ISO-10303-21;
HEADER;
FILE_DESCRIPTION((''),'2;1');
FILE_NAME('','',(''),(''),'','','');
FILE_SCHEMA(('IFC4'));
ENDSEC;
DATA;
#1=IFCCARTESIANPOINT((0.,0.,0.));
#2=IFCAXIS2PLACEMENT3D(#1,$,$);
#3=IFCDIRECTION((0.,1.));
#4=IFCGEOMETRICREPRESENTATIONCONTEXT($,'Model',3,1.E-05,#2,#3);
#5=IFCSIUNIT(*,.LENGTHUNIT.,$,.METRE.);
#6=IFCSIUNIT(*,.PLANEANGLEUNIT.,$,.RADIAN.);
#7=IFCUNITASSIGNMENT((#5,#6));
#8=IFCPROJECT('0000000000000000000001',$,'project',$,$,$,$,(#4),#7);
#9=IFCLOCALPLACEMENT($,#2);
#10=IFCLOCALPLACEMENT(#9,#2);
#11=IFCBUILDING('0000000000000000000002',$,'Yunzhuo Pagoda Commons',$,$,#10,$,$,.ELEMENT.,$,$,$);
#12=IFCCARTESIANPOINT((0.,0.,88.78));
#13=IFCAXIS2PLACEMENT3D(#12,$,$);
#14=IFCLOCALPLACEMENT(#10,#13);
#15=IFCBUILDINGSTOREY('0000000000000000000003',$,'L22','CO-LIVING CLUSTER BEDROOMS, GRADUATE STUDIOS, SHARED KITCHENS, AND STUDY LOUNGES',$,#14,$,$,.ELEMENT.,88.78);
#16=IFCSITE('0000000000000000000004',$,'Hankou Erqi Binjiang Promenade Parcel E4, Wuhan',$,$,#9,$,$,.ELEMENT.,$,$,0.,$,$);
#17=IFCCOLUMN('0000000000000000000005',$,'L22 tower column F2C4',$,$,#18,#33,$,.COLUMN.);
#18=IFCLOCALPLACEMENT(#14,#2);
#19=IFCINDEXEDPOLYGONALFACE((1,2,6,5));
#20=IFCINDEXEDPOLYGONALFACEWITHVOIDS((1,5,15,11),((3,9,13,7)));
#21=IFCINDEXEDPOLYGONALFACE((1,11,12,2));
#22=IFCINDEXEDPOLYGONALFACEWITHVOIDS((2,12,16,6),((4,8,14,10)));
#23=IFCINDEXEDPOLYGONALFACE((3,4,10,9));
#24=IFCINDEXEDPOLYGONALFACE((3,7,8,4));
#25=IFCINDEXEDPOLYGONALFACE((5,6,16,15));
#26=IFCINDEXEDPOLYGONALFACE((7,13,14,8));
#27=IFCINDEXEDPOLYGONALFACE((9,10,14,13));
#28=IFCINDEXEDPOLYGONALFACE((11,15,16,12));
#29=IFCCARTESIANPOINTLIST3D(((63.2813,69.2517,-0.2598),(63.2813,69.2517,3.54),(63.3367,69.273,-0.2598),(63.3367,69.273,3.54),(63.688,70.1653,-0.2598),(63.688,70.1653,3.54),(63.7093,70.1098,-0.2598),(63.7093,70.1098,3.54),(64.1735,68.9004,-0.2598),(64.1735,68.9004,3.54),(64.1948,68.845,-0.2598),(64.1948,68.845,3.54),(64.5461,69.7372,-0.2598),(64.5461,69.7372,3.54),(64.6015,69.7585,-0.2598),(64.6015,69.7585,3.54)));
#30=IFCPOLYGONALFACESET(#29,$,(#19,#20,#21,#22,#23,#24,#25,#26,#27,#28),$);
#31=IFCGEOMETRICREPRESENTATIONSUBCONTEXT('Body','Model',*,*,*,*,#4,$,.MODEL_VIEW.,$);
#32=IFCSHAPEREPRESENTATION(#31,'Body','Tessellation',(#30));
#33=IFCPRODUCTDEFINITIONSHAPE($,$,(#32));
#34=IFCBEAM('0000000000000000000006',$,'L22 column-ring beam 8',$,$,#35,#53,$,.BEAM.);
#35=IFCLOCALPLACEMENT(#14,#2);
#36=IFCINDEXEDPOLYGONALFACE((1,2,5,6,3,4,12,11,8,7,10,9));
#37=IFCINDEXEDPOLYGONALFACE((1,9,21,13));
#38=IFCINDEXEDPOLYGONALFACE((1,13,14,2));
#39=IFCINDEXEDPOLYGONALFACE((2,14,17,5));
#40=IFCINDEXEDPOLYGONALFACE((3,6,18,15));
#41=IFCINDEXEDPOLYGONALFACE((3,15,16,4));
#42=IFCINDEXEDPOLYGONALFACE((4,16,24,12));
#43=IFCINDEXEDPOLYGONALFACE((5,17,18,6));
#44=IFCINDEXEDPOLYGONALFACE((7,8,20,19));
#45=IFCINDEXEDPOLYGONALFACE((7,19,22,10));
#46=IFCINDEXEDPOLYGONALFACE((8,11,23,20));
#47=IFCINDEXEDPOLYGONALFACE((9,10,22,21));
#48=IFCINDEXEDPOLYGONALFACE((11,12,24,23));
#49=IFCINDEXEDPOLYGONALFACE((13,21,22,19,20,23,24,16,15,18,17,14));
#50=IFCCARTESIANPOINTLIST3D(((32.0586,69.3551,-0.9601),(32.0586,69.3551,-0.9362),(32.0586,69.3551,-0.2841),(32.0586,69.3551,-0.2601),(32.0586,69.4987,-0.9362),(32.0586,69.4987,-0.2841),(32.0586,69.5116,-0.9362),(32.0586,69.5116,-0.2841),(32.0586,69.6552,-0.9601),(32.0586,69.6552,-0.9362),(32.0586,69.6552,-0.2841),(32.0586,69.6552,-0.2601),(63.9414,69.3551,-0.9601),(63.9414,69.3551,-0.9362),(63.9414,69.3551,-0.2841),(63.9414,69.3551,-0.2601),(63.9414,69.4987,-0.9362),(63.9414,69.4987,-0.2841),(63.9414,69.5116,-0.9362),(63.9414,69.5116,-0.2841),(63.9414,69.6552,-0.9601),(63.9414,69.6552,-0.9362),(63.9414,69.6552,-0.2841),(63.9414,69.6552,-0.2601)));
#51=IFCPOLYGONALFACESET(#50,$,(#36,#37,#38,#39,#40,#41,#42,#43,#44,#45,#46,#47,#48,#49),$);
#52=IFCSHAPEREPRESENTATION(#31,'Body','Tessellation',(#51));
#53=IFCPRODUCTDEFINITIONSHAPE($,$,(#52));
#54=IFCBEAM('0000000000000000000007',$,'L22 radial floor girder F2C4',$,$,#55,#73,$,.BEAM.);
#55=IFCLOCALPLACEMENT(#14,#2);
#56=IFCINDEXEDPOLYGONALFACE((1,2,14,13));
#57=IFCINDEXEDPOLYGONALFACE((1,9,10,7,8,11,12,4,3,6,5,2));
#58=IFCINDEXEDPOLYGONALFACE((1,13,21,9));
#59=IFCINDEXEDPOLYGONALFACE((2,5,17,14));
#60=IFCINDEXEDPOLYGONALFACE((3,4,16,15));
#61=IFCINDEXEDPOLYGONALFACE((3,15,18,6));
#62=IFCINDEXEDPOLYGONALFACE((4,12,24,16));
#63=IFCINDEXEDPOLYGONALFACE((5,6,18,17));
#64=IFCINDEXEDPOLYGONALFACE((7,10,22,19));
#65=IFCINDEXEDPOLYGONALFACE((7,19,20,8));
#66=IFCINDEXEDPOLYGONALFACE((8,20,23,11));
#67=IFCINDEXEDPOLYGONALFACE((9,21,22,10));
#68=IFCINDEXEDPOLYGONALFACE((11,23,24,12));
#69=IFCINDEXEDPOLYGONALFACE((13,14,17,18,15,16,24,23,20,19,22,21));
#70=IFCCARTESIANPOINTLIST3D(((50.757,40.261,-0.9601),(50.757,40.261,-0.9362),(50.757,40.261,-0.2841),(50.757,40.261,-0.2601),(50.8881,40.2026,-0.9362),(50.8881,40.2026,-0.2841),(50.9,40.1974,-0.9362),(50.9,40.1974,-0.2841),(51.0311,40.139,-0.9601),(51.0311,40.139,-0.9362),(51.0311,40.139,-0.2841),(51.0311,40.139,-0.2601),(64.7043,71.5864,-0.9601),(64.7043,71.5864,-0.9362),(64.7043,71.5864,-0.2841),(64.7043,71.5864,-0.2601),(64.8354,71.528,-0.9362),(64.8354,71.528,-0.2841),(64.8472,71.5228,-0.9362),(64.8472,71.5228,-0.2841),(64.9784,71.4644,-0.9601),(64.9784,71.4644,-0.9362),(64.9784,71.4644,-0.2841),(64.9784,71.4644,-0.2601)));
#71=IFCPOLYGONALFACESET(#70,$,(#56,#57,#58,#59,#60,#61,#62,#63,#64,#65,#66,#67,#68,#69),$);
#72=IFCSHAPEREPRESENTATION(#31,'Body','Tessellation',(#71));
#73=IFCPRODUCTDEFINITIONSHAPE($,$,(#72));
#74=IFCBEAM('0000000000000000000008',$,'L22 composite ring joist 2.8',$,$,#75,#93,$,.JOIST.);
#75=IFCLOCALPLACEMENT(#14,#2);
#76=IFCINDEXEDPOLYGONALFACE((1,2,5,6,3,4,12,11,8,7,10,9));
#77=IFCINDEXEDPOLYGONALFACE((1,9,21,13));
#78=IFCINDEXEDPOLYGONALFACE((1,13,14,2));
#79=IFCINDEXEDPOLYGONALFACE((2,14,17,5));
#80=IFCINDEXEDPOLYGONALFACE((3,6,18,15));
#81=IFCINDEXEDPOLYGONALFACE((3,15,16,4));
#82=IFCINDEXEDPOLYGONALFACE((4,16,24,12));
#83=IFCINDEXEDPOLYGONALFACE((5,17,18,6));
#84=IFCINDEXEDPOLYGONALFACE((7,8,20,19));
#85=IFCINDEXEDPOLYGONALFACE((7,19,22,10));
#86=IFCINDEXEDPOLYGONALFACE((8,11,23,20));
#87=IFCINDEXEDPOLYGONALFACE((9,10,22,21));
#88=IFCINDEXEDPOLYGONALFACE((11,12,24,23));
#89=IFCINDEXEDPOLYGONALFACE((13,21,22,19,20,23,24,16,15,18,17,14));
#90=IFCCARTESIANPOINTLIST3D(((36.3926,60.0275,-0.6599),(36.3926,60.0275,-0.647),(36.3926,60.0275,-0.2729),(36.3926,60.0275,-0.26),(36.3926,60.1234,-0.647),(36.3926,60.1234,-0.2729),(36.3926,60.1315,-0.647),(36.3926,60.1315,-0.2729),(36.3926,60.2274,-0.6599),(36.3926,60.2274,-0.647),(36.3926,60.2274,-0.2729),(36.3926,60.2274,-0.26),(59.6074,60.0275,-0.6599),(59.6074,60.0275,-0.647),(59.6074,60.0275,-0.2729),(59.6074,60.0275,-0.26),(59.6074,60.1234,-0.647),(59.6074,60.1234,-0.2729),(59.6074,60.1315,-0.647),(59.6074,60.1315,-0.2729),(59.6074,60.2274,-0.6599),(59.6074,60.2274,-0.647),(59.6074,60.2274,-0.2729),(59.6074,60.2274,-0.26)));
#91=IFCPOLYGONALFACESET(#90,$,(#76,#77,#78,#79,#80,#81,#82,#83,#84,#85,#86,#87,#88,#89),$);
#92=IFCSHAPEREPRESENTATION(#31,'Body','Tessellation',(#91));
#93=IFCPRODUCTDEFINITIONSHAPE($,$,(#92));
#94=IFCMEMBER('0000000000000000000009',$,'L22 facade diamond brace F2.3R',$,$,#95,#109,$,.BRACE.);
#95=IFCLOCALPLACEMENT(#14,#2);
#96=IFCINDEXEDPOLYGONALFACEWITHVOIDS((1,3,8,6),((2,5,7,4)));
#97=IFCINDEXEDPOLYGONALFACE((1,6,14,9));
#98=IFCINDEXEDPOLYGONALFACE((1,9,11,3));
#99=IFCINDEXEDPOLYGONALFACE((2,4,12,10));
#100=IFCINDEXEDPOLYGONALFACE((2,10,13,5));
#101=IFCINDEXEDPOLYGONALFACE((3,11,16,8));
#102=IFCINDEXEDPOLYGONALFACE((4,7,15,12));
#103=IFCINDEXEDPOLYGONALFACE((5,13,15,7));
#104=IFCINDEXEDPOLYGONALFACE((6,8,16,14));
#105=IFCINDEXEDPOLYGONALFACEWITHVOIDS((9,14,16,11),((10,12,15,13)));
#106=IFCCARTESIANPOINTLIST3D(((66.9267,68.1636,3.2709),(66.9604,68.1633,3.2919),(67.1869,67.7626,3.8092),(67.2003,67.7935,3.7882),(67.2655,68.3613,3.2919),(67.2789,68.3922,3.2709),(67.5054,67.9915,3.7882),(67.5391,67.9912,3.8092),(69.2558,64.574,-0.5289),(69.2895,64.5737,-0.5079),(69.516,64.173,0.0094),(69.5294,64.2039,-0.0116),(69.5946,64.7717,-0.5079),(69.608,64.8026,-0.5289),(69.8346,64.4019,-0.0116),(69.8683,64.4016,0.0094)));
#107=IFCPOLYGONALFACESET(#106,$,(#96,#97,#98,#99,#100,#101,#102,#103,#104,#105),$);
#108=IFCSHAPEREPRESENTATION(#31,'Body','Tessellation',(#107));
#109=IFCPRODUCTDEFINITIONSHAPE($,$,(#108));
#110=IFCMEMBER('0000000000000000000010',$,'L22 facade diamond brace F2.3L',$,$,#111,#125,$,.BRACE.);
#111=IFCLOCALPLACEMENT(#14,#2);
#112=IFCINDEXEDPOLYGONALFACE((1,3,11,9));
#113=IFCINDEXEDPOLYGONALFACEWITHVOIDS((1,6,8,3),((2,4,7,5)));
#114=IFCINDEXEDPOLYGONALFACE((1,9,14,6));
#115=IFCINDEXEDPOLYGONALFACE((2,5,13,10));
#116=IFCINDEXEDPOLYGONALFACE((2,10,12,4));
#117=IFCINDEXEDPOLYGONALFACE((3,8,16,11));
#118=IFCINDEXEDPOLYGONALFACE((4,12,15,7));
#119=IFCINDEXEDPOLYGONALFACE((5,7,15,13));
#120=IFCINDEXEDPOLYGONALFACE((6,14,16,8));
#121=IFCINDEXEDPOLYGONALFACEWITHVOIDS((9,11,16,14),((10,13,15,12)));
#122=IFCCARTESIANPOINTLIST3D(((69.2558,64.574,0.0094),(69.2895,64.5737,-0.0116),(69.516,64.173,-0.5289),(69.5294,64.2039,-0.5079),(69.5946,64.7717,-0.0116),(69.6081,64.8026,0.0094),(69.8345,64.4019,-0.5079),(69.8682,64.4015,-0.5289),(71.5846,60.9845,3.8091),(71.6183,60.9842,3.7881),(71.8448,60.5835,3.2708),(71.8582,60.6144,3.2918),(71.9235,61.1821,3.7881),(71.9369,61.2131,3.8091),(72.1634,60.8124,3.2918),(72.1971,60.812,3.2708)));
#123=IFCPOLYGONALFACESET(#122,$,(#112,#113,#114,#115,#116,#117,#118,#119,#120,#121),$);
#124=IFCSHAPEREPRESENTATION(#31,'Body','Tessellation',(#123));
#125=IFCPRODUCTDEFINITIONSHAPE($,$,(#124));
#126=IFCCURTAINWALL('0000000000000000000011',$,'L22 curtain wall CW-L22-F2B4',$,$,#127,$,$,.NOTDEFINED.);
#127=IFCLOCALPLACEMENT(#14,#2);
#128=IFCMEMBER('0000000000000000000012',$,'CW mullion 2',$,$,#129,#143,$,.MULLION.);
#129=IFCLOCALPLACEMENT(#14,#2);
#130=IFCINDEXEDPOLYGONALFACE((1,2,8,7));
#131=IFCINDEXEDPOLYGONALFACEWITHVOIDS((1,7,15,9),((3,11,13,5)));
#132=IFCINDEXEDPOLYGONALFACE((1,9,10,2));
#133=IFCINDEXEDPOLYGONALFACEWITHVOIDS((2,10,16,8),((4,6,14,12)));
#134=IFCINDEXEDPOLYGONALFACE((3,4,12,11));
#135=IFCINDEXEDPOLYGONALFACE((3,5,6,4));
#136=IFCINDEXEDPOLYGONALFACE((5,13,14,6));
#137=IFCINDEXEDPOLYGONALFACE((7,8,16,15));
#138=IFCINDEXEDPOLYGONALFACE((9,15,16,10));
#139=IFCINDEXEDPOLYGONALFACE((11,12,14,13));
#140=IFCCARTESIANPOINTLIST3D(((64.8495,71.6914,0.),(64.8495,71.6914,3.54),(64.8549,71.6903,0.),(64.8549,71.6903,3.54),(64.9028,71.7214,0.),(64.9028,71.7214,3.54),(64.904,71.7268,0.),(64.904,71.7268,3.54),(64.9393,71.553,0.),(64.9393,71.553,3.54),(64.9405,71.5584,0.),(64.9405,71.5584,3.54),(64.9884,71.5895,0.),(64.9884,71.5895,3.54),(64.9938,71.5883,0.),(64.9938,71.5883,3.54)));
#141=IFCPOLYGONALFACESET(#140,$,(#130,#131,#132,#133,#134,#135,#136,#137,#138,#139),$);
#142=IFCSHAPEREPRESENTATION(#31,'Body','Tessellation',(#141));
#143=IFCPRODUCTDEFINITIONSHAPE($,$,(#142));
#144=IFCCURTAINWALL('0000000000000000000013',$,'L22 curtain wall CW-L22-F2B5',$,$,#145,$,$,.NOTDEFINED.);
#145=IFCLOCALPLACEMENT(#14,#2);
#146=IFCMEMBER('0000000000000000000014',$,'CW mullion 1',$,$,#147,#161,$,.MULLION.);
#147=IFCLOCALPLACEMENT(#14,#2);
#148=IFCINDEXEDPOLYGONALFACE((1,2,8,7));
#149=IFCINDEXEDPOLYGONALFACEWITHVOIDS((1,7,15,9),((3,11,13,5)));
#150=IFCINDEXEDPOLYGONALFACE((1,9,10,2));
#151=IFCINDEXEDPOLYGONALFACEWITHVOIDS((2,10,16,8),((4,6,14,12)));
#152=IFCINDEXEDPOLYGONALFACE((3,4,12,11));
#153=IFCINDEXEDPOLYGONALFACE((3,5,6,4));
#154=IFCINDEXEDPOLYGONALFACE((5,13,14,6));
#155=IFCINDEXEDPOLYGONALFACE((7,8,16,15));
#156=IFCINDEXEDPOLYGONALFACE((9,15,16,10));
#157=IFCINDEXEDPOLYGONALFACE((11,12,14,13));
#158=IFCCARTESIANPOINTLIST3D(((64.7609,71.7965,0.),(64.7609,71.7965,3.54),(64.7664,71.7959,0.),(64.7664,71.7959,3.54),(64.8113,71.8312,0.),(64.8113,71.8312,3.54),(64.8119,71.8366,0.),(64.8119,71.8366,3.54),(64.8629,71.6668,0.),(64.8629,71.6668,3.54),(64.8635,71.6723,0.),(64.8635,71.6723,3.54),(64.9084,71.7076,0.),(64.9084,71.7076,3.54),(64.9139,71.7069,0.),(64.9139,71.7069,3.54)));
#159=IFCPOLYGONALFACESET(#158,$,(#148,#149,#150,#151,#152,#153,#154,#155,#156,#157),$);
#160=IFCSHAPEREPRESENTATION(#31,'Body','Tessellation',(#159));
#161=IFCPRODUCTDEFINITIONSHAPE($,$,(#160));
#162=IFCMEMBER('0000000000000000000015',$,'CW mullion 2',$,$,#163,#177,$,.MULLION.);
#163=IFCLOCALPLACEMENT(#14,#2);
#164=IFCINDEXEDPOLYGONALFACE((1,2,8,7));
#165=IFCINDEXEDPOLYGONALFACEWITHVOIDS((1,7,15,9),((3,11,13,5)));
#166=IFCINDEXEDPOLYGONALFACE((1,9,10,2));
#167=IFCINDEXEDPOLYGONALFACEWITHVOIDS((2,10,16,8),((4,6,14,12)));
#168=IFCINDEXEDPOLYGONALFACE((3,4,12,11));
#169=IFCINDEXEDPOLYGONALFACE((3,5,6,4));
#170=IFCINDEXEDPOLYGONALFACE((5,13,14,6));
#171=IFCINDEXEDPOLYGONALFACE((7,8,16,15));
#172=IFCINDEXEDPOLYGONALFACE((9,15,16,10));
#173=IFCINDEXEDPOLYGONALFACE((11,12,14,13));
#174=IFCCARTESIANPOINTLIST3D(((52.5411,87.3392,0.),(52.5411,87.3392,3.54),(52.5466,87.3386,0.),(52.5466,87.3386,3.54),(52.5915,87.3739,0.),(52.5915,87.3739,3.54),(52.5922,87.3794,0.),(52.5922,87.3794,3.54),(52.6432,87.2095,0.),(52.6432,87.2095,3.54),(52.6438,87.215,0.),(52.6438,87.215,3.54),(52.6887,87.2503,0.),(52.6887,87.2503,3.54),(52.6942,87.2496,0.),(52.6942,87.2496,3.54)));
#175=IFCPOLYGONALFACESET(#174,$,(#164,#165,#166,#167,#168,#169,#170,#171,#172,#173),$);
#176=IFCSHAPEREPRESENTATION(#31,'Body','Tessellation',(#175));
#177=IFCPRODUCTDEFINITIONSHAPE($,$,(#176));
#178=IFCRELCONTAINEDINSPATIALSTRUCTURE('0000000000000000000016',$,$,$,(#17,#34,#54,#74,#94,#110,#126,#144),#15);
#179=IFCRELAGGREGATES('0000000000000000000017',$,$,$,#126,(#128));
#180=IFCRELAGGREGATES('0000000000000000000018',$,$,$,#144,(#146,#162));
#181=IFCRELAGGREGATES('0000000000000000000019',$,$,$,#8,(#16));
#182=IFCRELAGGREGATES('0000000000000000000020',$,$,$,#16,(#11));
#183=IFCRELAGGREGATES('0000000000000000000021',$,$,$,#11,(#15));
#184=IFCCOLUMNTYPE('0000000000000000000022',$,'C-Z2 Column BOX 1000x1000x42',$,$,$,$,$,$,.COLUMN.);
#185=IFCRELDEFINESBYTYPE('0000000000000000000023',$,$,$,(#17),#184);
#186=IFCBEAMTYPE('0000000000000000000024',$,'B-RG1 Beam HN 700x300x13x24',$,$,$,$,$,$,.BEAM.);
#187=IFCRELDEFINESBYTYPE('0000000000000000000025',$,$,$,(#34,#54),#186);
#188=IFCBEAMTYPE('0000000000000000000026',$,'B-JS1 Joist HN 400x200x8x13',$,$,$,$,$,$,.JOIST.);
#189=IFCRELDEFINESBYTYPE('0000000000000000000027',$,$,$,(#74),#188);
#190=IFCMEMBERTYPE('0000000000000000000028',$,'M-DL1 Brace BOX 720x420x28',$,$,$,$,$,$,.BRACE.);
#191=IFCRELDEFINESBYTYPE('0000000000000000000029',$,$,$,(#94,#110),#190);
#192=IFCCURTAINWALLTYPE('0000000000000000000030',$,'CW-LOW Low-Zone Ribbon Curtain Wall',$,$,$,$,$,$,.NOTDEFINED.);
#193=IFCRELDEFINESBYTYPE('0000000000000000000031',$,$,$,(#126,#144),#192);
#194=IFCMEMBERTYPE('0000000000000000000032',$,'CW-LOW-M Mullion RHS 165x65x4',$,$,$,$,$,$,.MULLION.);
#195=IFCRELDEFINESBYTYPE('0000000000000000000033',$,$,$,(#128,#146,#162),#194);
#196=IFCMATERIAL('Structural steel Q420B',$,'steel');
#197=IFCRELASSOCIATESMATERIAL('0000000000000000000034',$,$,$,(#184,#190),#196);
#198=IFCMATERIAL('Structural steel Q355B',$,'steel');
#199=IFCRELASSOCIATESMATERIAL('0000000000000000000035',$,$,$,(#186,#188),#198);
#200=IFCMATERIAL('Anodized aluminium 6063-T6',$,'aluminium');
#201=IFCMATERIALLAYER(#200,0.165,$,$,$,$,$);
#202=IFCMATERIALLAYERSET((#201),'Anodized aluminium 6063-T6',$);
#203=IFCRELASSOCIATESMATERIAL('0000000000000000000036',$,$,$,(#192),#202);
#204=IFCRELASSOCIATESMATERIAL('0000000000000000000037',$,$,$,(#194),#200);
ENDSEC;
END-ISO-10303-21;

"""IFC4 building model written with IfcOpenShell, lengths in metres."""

from ifc_helpers import new_model, si_unit, direction, frame, origin, origin_2d, place, context, subcontext, project, spatial, hollow_rectangle, i_section, extrude, source, transform, mapped, material, layer, layer_set, material_profile, profile_set, type_object, element, aggregate, save


model = new_model("IFC4")

# Units and contexts
model_context = context("Model", 3, precision=1e-05, world=origin(), true_north=direction((0.0, 1.0)))
body_context = subcontext(model_context, "Body", "Model", "MODEL_VIEW")
ifc_project = project(units=[si_unit("LENGTHUNIT", "METRE"), si_unit("PLANEANGLEUNIT", "RADIAN")], contexts=[model_context])

# Site, building, storey
site_placement = place(None, origin())
site = spatial("IfcSite", under=ifc_project, at=site_placement, Name="Hankou Erqi Binjiang Promenade Parcel E4, Wuhan", CompositionType="ELEMENT", RefElevation=0.0)
building_placement = place(site_placement, origin())
building = spatial("IfcBuilding", under=site, at=building_placement, Name="Yunzhuo Pagoda Commons", CompositionType="ELEMENT")
storey_placement = place(building_placement, frame((0.0, 0.0, 88.78)))
storey = spatial("IfcBuildingStorey", under=building, at=storey_placement, Name="L22", Description="CO-LIVING CLUSTER BEDROOMS, GRADUATE STUDIOS, SHARED KITCHENS, AND STUDY LOUNGES", CompositionType="ELEMENT", Elevation=88.78)

# Column
ifc_material_1 = material(Name="Structural steel Q420B", Category="steel")
ifc_material_profile_1 = material_profile(ifc_material_1, hollow_rectangle(XDim=1.0, YDim=1.0, WallThickness=0.042, at=origin_2d()), Name="Structural steel Q420B")
ifc_profile_set_1 = profile_set([ifc_material_profile_1], Name="Structural steel Q420B")
column_type = type_object("IfcColumnType", Name="C-Z2 Column BOX 1000x1000x42", PredefinedType="COLUMN", material=ifc_profile_set_1)
shared_shape_1 = source(origin(), body_context, "Body", "SweptSolid", [
    extrude(hollow_rectangle(XDim=1.0, YDim=1.0, WallThickness=0.042, at=origin_2d()), origin(), (0.0, 0.0, 1.0), 3.7998),
])
column_placement = place(storey_placement, frame((63.9414, 69.5051, -0.2598), z_axis=(0.0, 0.0, 1.0), x_axis=(-0.913545, 0.406737, 0.0)))
element("IfcColumn", 1, at=column_placement, inside=storey, type_object=column_type, Name="L22 tower column F2C4", PredefinedType="COLUMN", context=body_context, shape_type="MappedRepresentation", body=[
    mapped(shared_shape_1, transform((0.0, 0.0, 0.0), scale=1.0)),
])

# Beams
ifc_material_2 = material(Name="Structural steel Q355B", Category="steel")
ifc_material_profile_2 = material_profile(ifc_material_2, i_section(OverallWidth=0.3, OverallDepth=0.7, WebThickness=0.0129, FlangeThickness=0.0239, at=origin_2d()), Name="Structural steel Q355B")
ifc_profile_set_2 = profile_set([ifc_material_profile_2], Name="Structural steel Q355B")
beam_type_1 = type_object("IfcBeamType", Name="B-RG1 Beam HN 700x300x13x24", PredefinedType="BEAM", material=ifc_profile_set_2)
shared_shape_2 = source(origin(), body_context, "Body", "SweptSolid", [
    extrude(i_section(OverallWidth=0.3, OverallDepth=0.7, WebThickness=0.0129, FlangeThickness=0.0239, at=origin_2d()), origin(), (0.0, 0.0, 1.0), 31.8828),
])
beam_1_placement = place(storey_placement, frame((63.9414, 69.5051, -0.6101), z_axis=(-1.0, 0.0, 0.0), x_axis=(0.0, -1.0, 0.0)))
element("IfcBeam", 2, at=beam_1_placement, inside=storey, type_object=beam_type_1, Name="L22 column-ring beam 8", PredefinedType="BEAM", context=body_context, shape_type="MappedRepresentation", body=[
    mapped(shared_shape_2, transform((0.0, 0.0, 0.0), scale=1.0)),
])
shared_shape_3 = source(origin(), body_context, "Body", "SweptSolid", [
    extrude(i_section(OverallWidth=0.3, OverallDepth=0.7, WebThickness=0.0129, FlangeThickness=0.0239, at=origin_2d()), origin(), (0.0, 0.0, 1.0), 34.29),
])
beam_2_placement = place(storey_placement, frame((64.8413, 71.5254, -0.6101), z_axis=(-0.406743, -0.913542, 0.0), x_axis=(0.913542, -0.406743, 0.0)))
element("IfcBeam", 3, at=beam_2_placement, inside=storey, type_object=beam_type_1, Name="L22 radial floor girder F2C4", PredefinedType="BEAM", context=body_context, shape_type="MappedRepresentation", body=[
    mapped(shared_shape_3, transform((0.0, 0.0, 0.0), scale=1.0)),
])
ifc_material_profile_3 = material_profile(ifc_material_2, i_section(OverallWidth=0.2, OverallDepth=0.3999, WebThickness=0.0081, FlangeThickness=0.0129, at=origin_2d()), Name="Structural steel Q355B")
ifc_profile_set_3 = profile_set([ifc_material_profile_3], Name="Structural steel Q355B")
beam_type_2 = type_object("IfcBeamType", Name="B-JS1 Joist HN 400x200x8x13", PredefinedType="JOIST", material=ifc_profile_set_3)
shared_shape_4 = source(origin(), body_context, "Body", "SweptSolid", [
    extrude(i_section(OverallWidth=0.2, OverallDepth=0.3999, WebThickness=0.0081, FlangeThickness=0.0129, at=origin_2d()), origin(), (0.0, 0.0, 1.0), 23.2148),
])
beam_3_placement = place(storey_placement, frame((59.6074, 60.1274, -0.46), z_axis=(-1.0, 0.0, 0.0), x_axis=(0.0, -1.0, 0.0)))
element("IfcBeam", 4, at=beam_3_placement, inside=storey, type_object=beam_type_2, Name="L22 composite ring joist 2.8", PredefinedType="JOIST", context=body_context, shape_type="MappedRepresentation", body=[
    mapped(shared_shape_4, transform((0.0, 0.0, 0.0), scale=1.0)),
])

# Members
ifc_material_profile_4 = material_profile(ifc_material_1, hollow_rectangle(XDim=0.4199, YDim=0.72, WallThickness=0.0281, at=origin_2d()), Name="Structural steel Q420B")
ifc_profile_set_4 = profile_set([ifc_material_profile_4], Name="Structural steel Q420B")
member_type_1 = type_object("IfcMemberType", Name="M-DL1 Brace BOX 720x420x28", PredefinedType="BRACE", material=ifc_profile_set_4)
shared_shape_5 = source(origin(), body_context, "Body", "SweptSolid", [
    extrude(hollow_rectangle(XDim=0.4199, YDim=0.72, WallThickness=0.0281, at=origin_2d()), origin(), (0.0, 0.0, 1.0), 5.7227),
])
member_1_placement = place(storey_placement, frame((69.562, 64.4878, -0.2598), z_axis=(-0.406999, 0.627264, 0.663997), x_axis=(-0.838885, -0.544308, 0.0)))
element("IfcMember", 5, at=member_1_placement, inside=storey, type_object=member_type_1, Name="L22 facade diamond brace F2.3R", PredefinedType="BRACE", context=body_context, shape_type="MappedRepresentation", body=[
    mapped(shared_shape_5, transform((0.0, 0.0, 0.0), scale=1.0)),
])
shared_shape_6 = source(origin(), body_context, "Body", "SweptSolid", [
    extrude(hollow_rectangle(XDim=0.4199, YDim=0.72, WallThickness=0.0281, at=origin_2d()), origin(), (0.0, 0.0, 1.0), 5.7224),
])
member_2_placement = place(storey_placement, frame((69.562, 64.4878, -0.2598), z_axis=(0.406963, -0.627275, 0.664008), x_axis=(0.838911, 0.544268, 0.0)))
element("IfcMember", 6, at=member_2_placement, inside=storey, type_object=member_type_1, Name="L22 facade diamond brace F2.3L", PredefinedType="BRACE", context=body_context, shape_type="MappedRepresentation", body=[
    mapped(shared_shape_6, transform((0.0, 0.0, 0.0), scale=1.0)),
])

# Curtain wall, member
ifc_material_3 = material(Name="Anodized aluminium 6063-T6", Category="aluminium")
ifc_layer_1 = layer(ifc_material_3, 0.165)
ifc_layer_set_1 = layer_set([ifc_layer_1], Name="Anodized aluminium 6063-T6")
curtain_wall_type = type_object("IfcCurtainWallType", Name="CW-LOW Low-Zone Ribbon Curtain Wall", PredefinedType="NOTDEFINED", material=ifc_layer_set_1)
curtain_wall_1_placement = place(storey_placement, origin())
curtain_wall_1 = element("IfcCurtainWall", 7, at=curtain_wall_1_placement, inside=storey, type_object=curtain_wall_type, Name="L22 curtain wall CW-L22-F2B4", PredefinedType="NOTDEFINED")
ifc_material_profile_5 = material_profile(ifc_material_3, hollow_rectangle(XDim=0.0649, YDim=0.165, WallThickness=0.0039, at=origin_2d()), Name="Anodized aluminium 6063-T6")
ifc_profile_set_5 = profile_set([ifc_material_profile_5], Name="Anodized aluminium 6063-T6")
member_type_2 = type_object("IfcMemberType", Name="CW-LOW-M Mullion RHS 165x65x4", PredefinedType="MULLION", material=ifc_profile_set_5)
shared_shape_7 = source(origin(), body_context, "Body", "SweptSolid", [
    extrude(hollow_rectangle(XDim=0.0649, YDim=0.165, WallThickness=0.0039, at=origin_2d()), origin(), (0.0, 0.0, 1.0), 3.54),
])
member_3_placement = place(storey_placement, frame((64.9216, 71.6399, 0.0), z_axis=(0.0, 0.0, 1.0), x_axis=(-0.838907, -0.544275, 0.0)))
member_3 = element("IfcMember", 8, at=member_3_placement, type_object=member_type_2, Name="CW mullion 2", PredefinedType="MULLION", context=body_context, shape_type="MappedRepresentation", body=[
    mapped(shared_shape_7, transform((0.0, 0.0, 0.0), scale=1.0)),
])

# Curtain wall, members
curtain_wall_2_placement = place(storey_placement, origin())
curtain_wall_2 = element("IfcCurtainWall", 9, at=curtain_wall_2_placement, inside=storey, type_object=curtain_wall_type, Name="L22 curtain wall CW-L22-F2B5", PredefinedType="NOTDEFINED")
member_4_placement = place(storey_placement, frame((64.8374, 71.7517, 0.0), z_axis=(0.0, 0.0, 1.0), x_axis=(-0.786131, -0.61806, 0.0)))
member_4 = element("IfcMember", 10, at=member_4_placement, type_object=member_type_2, Name="CW mullion 1", PredefinedType="MULLION", context=body_context, shape_type="MappedRepresentation", body=[
    mapped(shared_shape_7, transform((0.0, 0.0, 0.0), scale=1.0)),
])
member_5_placement = place(storey_placement, frame((52.6177, 87.2944, 0.0), z_axis=(0.0, 0.0, 1.0), x_axis=(-0.786131, -0.61806, 0.0)))
member_5 = element("IfcMember", 11, at=member_5_placement, type_object=member_type_2, Name="CW mullion 2", PredefinedType="MULLION", context=body_context, shape_type="MappedRepresentation", body=[
    mapped(shared_shape_7, transform((0.0, 0.0, 0.0), scale=1.0)),
])

aggregate(curtain_wall_1, [member_3])

aggregate(curtain_wall_2, [member_4, member_5])

save(model, "model.ifc")
